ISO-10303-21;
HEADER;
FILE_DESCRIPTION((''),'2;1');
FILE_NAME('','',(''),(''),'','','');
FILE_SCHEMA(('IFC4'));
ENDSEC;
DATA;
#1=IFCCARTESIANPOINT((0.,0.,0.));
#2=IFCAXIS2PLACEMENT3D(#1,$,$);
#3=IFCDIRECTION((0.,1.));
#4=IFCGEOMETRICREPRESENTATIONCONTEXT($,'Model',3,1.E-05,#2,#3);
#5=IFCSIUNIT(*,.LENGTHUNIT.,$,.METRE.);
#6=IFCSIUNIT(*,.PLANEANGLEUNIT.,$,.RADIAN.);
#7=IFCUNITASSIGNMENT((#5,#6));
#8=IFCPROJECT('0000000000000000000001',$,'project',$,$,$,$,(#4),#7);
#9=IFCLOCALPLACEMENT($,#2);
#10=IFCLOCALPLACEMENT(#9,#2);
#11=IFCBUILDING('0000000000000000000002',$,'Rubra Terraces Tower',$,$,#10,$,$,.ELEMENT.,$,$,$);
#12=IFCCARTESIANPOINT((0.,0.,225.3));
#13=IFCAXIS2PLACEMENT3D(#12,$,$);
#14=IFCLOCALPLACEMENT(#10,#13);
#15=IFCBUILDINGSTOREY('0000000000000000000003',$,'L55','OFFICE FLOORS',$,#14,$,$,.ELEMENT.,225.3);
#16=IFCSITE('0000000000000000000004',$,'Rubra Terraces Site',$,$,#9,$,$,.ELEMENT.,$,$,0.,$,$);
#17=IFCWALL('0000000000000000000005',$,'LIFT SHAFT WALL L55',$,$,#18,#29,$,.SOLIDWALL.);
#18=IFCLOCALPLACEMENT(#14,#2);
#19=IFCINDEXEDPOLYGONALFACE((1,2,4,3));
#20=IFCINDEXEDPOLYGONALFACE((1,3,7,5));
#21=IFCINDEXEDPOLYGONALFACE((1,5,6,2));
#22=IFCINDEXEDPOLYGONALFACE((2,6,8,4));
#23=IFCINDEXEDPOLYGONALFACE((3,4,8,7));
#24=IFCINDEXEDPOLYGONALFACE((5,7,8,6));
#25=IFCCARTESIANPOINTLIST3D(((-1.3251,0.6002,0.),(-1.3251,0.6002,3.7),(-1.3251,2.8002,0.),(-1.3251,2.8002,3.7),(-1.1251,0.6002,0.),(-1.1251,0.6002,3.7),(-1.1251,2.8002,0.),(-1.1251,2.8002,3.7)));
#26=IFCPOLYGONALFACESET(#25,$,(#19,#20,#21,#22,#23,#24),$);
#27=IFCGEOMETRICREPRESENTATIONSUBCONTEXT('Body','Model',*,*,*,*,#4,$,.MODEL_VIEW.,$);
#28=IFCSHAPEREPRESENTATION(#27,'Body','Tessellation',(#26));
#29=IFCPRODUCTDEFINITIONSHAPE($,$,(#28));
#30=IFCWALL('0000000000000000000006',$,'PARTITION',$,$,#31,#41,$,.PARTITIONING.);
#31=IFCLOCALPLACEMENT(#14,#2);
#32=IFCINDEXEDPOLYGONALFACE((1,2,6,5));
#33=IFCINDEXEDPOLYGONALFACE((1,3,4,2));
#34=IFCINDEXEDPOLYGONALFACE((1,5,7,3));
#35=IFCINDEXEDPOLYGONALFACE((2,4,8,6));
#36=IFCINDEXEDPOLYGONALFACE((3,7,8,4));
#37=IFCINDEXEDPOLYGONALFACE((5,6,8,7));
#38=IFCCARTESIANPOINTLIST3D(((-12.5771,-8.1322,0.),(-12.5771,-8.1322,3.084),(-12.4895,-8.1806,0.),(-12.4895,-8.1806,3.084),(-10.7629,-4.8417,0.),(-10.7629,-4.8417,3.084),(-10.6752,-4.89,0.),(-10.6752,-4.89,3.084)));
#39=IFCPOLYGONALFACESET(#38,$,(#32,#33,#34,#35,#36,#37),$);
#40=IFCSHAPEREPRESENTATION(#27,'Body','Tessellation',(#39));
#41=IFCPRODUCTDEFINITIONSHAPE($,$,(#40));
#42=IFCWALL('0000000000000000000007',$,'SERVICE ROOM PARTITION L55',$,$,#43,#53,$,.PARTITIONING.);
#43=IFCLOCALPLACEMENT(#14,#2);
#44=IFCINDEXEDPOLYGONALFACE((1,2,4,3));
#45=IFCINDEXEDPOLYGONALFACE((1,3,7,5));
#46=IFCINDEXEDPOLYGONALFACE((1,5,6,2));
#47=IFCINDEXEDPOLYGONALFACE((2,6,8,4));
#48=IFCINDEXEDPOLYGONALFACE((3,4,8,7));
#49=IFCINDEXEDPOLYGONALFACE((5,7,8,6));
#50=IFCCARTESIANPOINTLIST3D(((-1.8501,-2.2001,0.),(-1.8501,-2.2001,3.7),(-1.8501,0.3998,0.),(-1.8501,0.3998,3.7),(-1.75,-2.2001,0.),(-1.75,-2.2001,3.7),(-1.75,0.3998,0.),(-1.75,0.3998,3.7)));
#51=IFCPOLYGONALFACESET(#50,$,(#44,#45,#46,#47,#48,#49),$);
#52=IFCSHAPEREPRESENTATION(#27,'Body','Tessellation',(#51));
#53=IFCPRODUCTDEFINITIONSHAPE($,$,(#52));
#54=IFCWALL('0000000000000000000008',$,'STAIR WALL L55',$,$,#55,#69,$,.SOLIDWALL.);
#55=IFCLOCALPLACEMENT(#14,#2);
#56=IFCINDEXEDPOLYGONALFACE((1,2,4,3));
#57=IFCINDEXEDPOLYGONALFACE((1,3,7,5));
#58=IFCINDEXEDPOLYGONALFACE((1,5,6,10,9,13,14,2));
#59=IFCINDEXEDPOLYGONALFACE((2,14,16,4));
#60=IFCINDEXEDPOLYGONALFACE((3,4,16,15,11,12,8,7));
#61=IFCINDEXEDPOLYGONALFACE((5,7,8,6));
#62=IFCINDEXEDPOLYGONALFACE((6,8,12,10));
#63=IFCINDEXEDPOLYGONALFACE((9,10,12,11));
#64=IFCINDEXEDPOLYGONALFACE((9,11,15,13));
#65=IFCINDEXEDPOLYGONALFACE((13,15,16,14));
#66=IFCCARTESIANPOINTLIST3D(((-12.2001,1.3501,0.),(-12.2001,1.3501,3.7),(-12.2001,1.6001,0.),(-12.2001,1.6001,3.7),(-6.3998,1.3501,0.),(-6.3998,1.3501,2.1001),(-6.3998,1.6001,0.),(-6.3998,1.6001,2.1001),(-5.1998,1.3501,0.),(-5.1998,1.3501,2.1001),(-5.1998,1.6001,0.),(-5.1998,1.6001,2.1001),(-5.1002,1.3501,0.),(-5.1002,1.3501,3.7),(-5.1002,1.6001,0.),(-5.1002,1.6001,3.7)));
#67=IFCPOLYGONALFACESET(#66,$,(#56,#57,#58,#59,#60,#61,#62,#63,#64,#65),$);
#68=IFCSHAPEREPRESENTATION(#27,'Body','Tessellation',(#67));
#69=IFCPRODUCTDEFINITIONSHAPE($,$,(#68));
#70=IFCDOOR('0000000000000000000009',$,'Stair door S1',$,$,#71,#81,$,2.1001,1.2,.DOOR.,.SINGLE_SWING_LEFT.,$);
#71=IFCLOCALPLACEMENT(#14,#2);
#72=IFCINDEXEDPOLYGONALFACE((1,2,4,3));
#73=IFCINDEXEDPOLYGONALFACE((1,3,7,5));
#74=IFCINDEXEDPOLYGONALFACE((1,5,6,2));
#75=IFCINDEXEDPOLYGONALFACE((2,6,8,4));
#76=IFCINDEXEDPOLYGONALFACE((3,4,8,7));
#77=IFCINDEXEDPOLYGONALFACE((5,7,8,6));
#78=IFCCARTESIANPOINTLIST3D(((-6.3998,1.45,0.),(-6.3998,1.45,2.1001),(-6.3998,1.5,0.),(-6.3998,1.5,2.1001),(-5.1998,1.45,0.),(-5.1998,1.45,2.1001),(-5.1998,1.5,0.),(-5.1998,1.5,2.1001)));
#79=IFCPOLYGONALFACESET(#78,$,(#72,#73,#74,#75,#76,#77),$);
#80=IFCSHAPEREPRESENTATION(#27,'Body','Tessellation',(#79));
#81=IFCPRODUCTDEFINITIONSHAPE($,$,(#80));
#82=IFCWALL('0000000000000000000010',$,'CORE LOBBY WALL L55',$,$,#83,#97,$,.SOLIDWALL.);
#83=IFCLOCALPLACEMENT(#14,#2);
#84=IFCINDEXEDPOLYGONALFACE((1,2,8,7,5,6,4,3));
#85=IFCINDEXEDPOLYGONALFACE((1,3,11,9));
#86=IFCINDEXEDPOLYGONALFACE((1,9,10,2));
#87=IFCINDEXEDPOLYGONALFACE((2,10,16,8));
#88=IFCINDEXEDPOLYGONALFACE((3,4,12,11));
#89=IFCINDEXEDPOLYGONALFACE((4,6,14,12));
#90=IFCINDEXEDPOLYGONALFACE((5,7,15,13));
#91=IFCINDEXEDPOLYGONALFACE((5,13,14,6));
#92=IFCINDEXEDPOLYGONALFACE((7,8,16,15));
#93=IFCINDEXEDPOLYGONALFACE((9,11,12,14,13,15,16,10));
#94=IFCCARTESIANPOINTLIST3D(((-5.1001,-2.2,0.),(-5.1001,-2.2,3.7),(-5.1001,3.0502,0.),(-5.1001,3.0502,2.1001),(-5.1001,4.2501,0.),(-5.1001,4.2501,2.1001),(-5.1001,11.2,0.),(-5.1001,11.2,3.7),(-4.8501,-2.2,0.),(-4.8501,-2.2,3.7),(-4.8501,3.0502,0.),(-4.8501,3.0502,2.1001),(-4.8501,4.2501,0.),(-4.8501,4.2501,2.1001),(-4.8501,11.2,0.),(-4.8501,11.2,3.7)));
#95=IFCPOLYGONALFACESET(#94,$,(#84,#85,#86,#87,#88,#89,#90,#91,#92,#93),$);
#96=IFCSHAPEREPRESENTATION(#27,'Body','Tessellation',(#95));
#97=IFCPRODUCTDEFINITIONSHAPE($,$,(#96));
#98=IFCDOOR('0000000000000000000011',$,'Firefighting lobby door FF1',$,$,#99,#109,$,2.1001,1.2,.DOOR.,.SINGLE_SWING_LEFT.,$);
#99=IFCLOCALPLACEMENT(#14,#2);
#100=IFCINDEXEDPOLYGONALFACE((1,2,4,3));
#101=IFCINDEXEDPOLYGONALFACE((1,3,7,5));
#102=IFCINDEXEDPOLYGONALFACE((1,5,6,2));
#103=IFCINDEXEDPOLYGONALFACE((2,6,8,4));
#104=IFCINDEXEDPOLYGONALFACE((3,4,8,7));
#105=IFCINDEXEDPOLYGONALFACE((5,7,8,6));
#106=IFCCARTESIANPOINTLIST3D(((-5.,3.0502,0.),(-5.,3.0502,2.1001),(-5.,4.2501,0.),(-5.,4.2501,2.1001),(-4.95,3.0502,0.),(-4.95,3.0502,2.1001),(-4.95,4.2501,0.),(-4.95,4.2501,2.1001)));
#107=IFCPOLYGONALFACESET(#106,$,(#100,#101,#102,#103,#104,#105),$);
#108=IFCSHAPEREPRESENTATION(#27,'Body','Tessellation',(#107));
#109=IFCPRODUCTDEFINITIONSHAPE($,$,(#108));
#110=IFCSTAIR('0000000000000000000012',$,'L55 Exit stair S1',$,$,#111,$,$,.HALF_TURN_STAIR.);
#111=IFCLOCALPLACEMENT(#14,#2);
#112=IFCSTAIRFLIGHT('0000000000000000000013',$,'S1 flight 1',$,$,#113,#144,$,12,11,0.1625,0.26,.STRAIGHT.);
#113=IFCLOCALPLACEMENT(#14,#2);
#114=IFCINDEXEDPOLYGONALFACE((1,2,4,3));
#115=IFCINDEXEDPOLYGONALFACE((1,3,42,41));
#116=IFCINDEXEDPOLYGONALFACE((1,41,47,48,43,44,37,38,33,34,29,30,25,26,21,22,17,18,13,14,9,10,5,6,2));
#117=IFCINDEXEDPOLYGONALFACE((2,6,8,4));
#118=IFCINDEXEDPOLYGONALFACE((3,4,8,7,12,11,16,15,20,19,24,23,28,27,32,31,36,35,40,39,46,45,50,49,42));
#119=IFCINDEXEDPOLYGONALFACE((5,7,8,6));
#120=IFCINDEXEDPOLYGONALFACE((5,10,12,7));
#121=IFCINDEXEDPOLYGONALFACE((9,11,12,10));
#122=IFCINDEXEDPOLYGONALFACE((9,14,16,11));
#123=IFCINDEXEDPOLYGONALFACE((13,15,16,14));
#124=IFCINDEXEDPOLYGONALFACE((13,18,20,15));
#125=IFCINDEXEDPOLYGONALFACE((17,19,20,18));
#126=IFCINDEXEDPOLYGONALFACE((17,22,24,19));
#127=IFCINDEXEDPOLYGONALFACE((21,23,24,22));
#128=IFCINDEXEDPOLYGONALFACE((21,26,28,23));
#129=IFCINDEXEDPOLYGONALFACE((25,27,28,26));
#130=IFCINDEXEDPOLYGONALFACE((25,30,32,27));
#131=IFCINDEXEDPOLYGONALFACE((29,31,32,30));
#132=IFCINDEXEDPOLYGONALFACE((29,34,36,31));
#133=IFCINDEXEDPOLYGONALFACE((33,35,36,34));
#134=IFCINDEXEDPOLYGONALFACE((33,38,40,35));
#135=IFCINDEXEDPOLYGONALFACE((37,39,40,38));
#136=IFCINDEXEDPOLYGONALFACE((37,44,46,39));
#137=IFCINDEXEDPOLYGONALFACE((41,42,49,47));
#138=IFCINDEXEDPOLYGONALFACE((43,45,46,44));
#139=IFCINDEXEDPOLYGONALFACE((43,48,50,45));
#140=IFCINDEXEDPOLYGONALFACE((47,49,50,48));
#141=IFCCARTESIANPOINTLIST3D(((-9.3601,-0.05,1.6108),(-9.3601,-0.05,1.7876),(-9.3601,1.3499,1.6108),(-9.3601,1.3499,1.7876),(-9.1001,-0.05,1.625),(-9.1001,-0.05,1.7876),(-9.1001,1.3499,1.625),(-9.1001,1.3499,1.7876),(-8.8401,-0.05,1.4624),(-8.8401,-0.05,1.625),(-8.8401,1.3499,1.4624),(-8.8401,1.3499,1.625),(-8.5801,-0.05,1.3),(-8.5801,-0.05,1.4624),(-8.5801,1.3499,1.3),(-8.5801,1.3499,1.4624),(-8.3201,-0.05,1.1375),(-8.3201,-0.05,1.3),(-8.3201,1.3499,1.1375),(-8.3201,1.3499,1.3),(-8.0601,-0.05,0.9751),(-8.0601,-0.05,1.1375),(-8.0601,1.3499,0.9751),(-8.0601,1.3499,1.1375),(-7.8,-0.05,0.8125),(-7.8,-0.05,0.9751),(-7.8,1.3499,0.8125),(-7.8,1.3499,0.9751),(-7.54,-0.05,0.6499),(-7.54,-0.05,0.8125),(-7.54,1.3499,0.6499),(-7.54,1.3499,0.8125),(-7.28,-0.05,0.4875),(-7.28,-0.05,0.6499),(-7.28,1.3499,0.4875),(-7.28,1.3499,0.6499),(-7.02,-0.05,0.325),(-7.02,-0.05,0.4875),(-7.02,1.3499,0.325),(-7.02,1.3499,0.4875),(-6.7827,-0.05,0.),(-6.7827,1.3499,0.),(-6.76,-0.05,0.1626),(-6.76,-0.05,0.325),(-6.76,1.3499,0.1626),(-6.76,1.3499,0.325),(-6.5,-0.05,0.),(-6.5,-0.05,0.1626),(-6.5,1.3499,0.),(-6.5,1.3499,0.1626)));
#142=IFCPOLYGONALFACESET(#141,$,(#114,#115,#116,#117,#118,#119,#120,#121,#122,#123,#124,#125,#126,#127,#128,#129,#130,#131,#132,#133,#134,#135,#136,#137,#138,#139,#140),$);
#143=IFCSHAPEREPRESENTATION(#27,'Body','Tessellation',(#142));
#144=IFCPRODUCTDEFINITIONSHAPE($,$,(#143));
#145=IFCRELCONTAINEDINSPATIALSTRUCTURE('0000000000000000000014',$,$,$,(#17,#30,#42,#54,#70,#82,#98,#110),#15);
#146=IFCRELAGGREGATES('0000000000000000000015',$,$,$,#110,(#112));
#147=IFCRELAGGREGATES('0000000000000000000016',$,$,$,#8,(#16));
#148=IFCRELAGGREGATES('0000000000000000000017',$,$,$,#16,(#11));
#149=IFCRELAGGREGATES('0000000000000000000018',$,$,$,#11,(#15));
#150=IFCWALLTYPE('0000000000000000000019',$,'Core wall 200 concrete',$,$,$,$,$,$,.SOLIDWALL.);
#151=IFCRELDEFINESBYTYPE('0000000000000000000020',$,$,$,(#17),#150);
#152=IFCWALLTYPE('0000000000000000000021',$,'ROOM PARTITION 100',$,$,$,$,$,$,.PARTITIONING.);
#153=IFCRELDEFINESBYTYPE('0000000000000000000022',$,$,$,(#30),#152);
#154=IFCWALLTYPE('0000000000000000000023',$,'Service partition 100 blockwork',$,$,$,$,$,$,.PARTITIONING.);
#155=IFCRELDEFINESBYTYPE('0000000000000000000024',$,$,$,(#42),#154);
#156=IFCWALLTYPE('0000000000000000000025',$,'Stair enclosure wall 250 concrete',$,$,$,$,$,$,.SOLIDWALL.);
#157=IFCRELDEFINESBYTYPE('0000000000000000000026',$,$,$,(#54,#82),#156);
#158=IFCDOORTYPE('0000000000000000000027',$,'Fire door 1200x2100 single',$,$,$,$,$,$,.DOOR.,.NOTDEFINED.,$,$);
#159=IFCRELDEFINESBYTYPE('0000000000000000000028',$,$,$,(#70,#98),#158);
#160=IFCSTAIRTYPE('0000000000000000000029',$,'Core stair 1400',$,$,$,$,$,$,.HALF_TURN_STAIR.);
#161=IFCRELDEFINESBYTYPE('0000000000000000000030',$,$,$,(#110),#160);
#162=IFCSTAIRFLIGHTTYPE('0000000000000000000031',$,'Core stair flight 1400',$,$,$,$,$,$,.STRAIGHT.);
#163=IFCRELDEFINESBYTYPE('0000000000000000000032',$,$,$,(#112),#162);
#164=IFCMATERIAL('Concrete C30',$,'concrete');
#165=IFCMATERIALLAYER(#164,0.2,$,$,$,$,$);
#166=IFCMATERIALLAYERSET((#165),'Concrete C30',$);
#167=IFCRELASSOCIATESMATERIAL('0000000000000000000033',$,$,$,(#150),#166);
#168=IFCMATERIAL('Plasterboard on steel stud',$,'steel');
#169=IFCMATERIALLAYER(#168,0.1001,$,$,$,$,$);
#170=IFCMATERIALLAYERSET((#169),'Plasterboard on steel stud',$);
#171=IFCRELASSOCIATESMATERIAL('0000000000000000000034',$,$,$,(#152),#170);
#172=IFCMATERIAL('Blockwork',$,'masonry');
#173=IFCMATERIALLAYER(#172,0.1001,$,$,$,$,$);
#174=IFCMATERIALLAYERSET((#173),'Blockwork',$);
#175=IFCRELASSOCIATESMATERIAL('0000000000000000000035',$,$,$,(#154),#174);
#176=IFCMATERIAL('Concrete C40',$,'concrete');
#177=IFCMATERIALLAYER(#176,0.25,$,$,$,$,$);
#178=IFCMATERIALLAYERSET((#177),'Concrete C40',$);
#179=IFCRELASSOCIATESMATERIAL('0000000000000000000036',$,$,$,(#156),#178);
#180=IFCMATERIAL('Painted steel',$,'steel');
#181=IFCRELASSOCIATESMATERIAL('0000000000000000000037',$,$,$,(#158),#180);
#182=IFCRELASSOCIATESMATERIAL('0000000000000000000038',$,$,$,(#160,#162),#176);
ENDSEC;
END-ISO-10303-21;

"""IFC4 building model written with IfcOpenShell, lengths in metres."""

from ifc_helpers import new_model, si_unit, direction, frame, frame_2d, origin, place, context, subcontext, project, spatial, polyline, rectangle, outline, extrude, material, layer, layer_set, type_object, element, fill, aggregate, save


model = new_model("IFC4")

# Units and contexts
model_context = context("Model", 3, precision=1e-05, world=origin(), true_north=direction((0.0, 1.0)))
body_context = subcontext(model_context, "Body", "Model", "MODEL_VIEW")
ifc_project = project(units=[si_unit("LENGTHUNIT", "METRE"), si_unit("PLANEANGLEUNIT", "RADIAN")], contexts=[model_context])

# Site, building, storey
site_placement = place(None, origin())
site = spatial("IfcSite", under=ifc_project, at=site_placement, Name="Rubra Terraces Site", CompositionType="ELEMENT", RefElevation=0.0)
building_placement = place(site_placement, origin())
building = spatial("IfcBuilding", under=site, at=building_placement, Name="Rubra Terraces Tower", CompositionType="ELEMENT")
storey_placement = place(building_placement, frame((0.0, 0.0, 225.3)))
storey = spatial("IfcBuildingStorey", under=building, at=storey_placement, Name="L55", Description="OFFICE FLOORS", CompositionType="ELEMENT", Elevation=225.3)

# Shared definitions
ifc_material_1 = material(Name="Concrete C40", Category="concrete")

# Shared definitions
ifc_material_2 = material(Name="Painted steel", Category="steel")

# Walls
ifc_material_3 = material(Name="Concrete C30", Category="concrete")
ifc_layer_1 = layer(ifc_material_3, 0.2)
ifc_layer_set_1 = layer_set([ifc_layer_1], Name="Concrete C30")
wall_type_1 = type_object("IfcWallType", Name="Core wall 200 concrete", PredefinedType="SOLIDWALL", material=ifc_layer_set_1)
for number, where, z_axis, x_axis, name in (
    (1, (-1.2251, 0.6001, 0.0), (0.0, 0.0, 1.0), (0.0, 1.0, 0.0), "LIFT SHAFT WALL L55"),
):
    element("IfcWall", number, at=place(storey_placement, frame(where, z_axis=z_axis, x_axis=x_axis)), inside=storey, type_object=wall_type_1, Name=name, PredefinedType="SOLIDWALL", context=body_context, shape_type="SweptSolid", body=[
        extrude(rectangle(XDim=2.2, YDim=0.2, at=frame_2d((1.1001, 0.0))), origin(), (0.0, 0.0, 1.0), 3.7),
    ])
ifc_material_4 = material(Name="Plasterboard on steel stud", Category="steel")
ifc_layer_2 = layer(ifc_material_4, 0.1001)
ifc_layer_set_2 = layer_set([ifc_layer_2], Name="Plasterboard on steel stud")
wall_type_2 = type_object("IfcWallType", Name="ROOM PARTITION 100", PredefinedType="PARTITIONING", material=ifc_layer_set_2)
wall_1_placement = place(storey_placement, frame((-10.719, -4.8657, 0.0), z_axis=(0.0, 0.0, 1.0), x_axis=(-0.482821, -0.875719, 0.0)))
element("IfcWall", 2, at=wall_1_placement, inside=storey, type_object=wall_type_2, Name="PARTITION", PredefinedType="PARTITIONING", context=body_context, shape_type="SweptSolid", body=[
    extrude(rectangle(XDim=3.7576, YDim=0.1001, at=frame_2d((1.8789, 0.0))), origin(), (0.0, 0.0, 1.0), 3.084),
])
ifc_material_5 = material(Name="Blockwork", Category="masonry")
ifc_layer_3 = layer(ifc_material_5, 0.1001)
ifc_layer_set_3 = layer_set([ifc_layer_3], Name="Blockwork")
wall_type_3 = type_object("IfcWallType", Name="Service partition 100 blockwork", PredefinedType="PARTITIONING", material=ifc_layer_set_3)
wall_2_placement = place(storey_placement, frame((-1.8, -2.2, 0.0), z_axis=(0.0, 0.0, 1.0), x_axis=(0.0, 1.0, 0.0)))
element("IfcWall", 3, at=wall_2_placement, inside=storey, type_object=wall_type_3, Name="SERVICE ROOM PARTITION L55", PredefinedType="PARTITIONING", context=body_context, shape_type="SweptSolid", body=[
    extrude(rectangle(XDim=2.5999, YDim=0.1001, at=frame_2d((1.2998, 0.0))), origin(), (0.0, 0.0, 1.0), 3.7),
])

# Walls, openings, doors
ifc_layer_4 = layer(ifc_material_1, 0.25)
ifc_layer_set_4 = layer_set([ifc_layer_4], Name="Concrete C40")
wall_type_4 = type_object("IfcWallType", Name="Stair enclosure wall 250 concrete", PredefinedType="SOLIDWALL", material=ifc_layer_set_4)
wall_3_placement = place(storey_placement, frame((-12.2, 1.4751, 0.0), z_axis=(0.0, 0.0, 1.0), x_axis=(1.0, 0.0, 0.0)))
wall_3 = element("IfcWall", 4, at=wall_3_placement, inside=storey, type_object=wall_type_4, Name="STAIR WALL L55", PredefinedType="SOLIDWALL", context=body_context, shape_type="SweptSolid", body=[
    extrude(rectangle(XDim=7.0999, YDim=0.25, at=frame_2d((3.5498, 0.0))), origin(), (0.0, 0.0, 1.0), 3.7),
])
opening_1_placement = place(wall_3_placement, frame((5.8, 0.0, 0.0)))
opening_1 = element("IfcOpeningElement", 5, at=opening_1_placement, cuts=wall_3, PredefinedType="OPENING", context=body_context, shape_type="SweptSolid", body=[
    extrude(rectangle(XDim=1.2, YDim=2.1001, at=frame_2d((0.6001, 1.05))), frame((0.0, 0.135, 0.0), z_axis=(0.0, -1.0, 0.0), x_axis=(1.0, 0.0, 0.0)), (0.0, 0.0, 1.0), 0.27),
])
door_type_1 = type_object("IfcDoorType", Name="Fire door 1200x2100 single", OperationType="NOTDEFINED", PredefinedType="DOOR", material=ifc_material_2)
door_1_placement = place(opening_1_placement, origin())
door_1 = element("IfcDoor", 6, at=door_1_placement, inside=storey, type_object=door_type_1, Name="Stair door S1", OperationType="SINGLE_SWING_LEFT", OverallHeight=2.1001, OverallWidth=1.2, PredefinedType="DOOR", context=body_context, shape_type="SweptSolid", body=[
    extrude(rectangle(XDim=1.2, YDim=2.1001, at=frame_2d((0.6001, 1.05))), frame((0.0, 0.0249, 0.0), z_axis=(0.0, -1.0, 0.0), x_axis=(1.0, 0.0, 0.0)), (0.0, 0.0, 1.0), 0.05),
])
fill(opening_1, door_1)
wall_4_placement = place(storey_placement, frame((-4.9751, -2.2, 0.0), z_axis=(0.0, 0.0, 1.0), x_axis=(0.0, 1.0, 0.0)))
wall_4 = element("IfcWall", 7, at=wall_4_placement, inside=storey, type_object=wall_type_4, Name="CORE LOBBY WALL L55", PredefinedType="SOLIDWALL", context=body_context, shape_type="SweptSolid", body=[
    extrude(rectangle(XDim=13.3999, YDim=0.25, at=frame_2d((6.7, 0.0))), origin(), (0.0, 0.0, 1.0), 3.7),
])
opening_2_placement = place(wall_4_placement, frame((5.25, 0.0, 0.0)))
opening_2 = element("IfcOpeningElement", 8, at=opening_2_placement, cuts=wall_4, PredefinedType="OPENING", context=body_context, shape_type="SweptSolid", body=[
    extrude(rectangle(XDim=1.2, YDim=2.1001, at=frame_2d((0.6001, 1.05))), frame((0.0, 0.135, 0.0), z_axis=(0.0, -1.0, 0.0), x_axis=(1.0, 0.0, 0.0)), (0.0, 0.0, 1.0), 0.27),
])
door_2_placement = place(opening_2_placement, origin())
door_2 = element("IfcDoor", 9, at=door_2_placement, inside=storey, type_object=door_type_1, Name="Firefighting lobby door FF1", OperationType="SINGLE_SWING_LEFT", OverallHeight=2.1001, OverallWidth=1.2, PredefinedType="DOOR", context=body_context, shape_type="SweptSolid", body=[
    extrude(rectangle(XDim=1.2, YDim=2.1001, at=frame_2d((0.6001, 1.05))), frame((0.0, 0.0249, 0.0), z_axis=(0.0, -1.0, 0.0), x_axis=(1.0, 0.0, 0.0)), (0.0, 0.0, 1.0), 0.05),
])
fill(opening_2, door_2)

# Stair, stair flight
stair_type = type_object("IfcStairType", Name="Core stair 1400", PredefinedType="HALF_TURN_STAIR", material=ifc_material_1)
stair_placement = place(storey_placement, origin())
stair = element("IfcStair", 10, at=stair_placement, inside=storey, type_object=stair_type, Name="L55 Exit stair S1", PredefinedType="HALF_TURN_STAIR")
stair_flight_type = type_object("IfcStairFlightType", Name="Core stair flight 1400", PredefinedType="STRAIGHT", material=ifc_material_1)
stair_flight_1_placement = place(storey_placement, frame((-6.5, 0.6499, 0.0), z_axis=(0.0, 0.0, 1.0), x_axis=(-1.0, 0.0, 0.0)))
stair_flight_1 = element("IfcStairFlight", 11, at=stair_flight_1_placement, type_object=stair_flight_type, Name="S1 flight 1", NumberOfRisers=12, NumberOfTreads=11, PredefinedType="STRAIGHT", RiserHeight=0.1625, TreadLength=0.26, context=body_context, shape_type="SweptSolid", body=[
    extrude(outline(polyline([(0.0, 0.0), (0.0, 0.1626), (0.26, 0.1626), (0.26, 0.325), (0.52, 0.325), (0.52, 0.4875), (0.78, 0.4875), (0.78, 0.6499), (1.04, 0.6499), (1.04, 0.8125), (1.3, 0.8125), (1.3, 0.9751), (1.5601, 0.9751), (1.5601, 1.1375), (1.8201, 1.1375), (1.8201, 1.3), (2.0801, 1.3), (2.0801, 1.4624), (2.3401, 1.4624), (2.3401, 1.625), (2.6001, 1.625), (2.6001, 1.7876), (2.8601, 1.7876), (2.8601, 1.95), (2.8601, 1.6108), (0.2827, 0.0), (0.0, 0.0)])), frame((0.0, 0.7, 0.0), z_axis=(0.0, -1.0, 0.0), x_axis=(1.0, 0.0, 0.0)), (0.0, 0.0, 1.0), 1.3999),
])
aggregate(stair, [stair_flight_1])

save(model, "model.ifc")
